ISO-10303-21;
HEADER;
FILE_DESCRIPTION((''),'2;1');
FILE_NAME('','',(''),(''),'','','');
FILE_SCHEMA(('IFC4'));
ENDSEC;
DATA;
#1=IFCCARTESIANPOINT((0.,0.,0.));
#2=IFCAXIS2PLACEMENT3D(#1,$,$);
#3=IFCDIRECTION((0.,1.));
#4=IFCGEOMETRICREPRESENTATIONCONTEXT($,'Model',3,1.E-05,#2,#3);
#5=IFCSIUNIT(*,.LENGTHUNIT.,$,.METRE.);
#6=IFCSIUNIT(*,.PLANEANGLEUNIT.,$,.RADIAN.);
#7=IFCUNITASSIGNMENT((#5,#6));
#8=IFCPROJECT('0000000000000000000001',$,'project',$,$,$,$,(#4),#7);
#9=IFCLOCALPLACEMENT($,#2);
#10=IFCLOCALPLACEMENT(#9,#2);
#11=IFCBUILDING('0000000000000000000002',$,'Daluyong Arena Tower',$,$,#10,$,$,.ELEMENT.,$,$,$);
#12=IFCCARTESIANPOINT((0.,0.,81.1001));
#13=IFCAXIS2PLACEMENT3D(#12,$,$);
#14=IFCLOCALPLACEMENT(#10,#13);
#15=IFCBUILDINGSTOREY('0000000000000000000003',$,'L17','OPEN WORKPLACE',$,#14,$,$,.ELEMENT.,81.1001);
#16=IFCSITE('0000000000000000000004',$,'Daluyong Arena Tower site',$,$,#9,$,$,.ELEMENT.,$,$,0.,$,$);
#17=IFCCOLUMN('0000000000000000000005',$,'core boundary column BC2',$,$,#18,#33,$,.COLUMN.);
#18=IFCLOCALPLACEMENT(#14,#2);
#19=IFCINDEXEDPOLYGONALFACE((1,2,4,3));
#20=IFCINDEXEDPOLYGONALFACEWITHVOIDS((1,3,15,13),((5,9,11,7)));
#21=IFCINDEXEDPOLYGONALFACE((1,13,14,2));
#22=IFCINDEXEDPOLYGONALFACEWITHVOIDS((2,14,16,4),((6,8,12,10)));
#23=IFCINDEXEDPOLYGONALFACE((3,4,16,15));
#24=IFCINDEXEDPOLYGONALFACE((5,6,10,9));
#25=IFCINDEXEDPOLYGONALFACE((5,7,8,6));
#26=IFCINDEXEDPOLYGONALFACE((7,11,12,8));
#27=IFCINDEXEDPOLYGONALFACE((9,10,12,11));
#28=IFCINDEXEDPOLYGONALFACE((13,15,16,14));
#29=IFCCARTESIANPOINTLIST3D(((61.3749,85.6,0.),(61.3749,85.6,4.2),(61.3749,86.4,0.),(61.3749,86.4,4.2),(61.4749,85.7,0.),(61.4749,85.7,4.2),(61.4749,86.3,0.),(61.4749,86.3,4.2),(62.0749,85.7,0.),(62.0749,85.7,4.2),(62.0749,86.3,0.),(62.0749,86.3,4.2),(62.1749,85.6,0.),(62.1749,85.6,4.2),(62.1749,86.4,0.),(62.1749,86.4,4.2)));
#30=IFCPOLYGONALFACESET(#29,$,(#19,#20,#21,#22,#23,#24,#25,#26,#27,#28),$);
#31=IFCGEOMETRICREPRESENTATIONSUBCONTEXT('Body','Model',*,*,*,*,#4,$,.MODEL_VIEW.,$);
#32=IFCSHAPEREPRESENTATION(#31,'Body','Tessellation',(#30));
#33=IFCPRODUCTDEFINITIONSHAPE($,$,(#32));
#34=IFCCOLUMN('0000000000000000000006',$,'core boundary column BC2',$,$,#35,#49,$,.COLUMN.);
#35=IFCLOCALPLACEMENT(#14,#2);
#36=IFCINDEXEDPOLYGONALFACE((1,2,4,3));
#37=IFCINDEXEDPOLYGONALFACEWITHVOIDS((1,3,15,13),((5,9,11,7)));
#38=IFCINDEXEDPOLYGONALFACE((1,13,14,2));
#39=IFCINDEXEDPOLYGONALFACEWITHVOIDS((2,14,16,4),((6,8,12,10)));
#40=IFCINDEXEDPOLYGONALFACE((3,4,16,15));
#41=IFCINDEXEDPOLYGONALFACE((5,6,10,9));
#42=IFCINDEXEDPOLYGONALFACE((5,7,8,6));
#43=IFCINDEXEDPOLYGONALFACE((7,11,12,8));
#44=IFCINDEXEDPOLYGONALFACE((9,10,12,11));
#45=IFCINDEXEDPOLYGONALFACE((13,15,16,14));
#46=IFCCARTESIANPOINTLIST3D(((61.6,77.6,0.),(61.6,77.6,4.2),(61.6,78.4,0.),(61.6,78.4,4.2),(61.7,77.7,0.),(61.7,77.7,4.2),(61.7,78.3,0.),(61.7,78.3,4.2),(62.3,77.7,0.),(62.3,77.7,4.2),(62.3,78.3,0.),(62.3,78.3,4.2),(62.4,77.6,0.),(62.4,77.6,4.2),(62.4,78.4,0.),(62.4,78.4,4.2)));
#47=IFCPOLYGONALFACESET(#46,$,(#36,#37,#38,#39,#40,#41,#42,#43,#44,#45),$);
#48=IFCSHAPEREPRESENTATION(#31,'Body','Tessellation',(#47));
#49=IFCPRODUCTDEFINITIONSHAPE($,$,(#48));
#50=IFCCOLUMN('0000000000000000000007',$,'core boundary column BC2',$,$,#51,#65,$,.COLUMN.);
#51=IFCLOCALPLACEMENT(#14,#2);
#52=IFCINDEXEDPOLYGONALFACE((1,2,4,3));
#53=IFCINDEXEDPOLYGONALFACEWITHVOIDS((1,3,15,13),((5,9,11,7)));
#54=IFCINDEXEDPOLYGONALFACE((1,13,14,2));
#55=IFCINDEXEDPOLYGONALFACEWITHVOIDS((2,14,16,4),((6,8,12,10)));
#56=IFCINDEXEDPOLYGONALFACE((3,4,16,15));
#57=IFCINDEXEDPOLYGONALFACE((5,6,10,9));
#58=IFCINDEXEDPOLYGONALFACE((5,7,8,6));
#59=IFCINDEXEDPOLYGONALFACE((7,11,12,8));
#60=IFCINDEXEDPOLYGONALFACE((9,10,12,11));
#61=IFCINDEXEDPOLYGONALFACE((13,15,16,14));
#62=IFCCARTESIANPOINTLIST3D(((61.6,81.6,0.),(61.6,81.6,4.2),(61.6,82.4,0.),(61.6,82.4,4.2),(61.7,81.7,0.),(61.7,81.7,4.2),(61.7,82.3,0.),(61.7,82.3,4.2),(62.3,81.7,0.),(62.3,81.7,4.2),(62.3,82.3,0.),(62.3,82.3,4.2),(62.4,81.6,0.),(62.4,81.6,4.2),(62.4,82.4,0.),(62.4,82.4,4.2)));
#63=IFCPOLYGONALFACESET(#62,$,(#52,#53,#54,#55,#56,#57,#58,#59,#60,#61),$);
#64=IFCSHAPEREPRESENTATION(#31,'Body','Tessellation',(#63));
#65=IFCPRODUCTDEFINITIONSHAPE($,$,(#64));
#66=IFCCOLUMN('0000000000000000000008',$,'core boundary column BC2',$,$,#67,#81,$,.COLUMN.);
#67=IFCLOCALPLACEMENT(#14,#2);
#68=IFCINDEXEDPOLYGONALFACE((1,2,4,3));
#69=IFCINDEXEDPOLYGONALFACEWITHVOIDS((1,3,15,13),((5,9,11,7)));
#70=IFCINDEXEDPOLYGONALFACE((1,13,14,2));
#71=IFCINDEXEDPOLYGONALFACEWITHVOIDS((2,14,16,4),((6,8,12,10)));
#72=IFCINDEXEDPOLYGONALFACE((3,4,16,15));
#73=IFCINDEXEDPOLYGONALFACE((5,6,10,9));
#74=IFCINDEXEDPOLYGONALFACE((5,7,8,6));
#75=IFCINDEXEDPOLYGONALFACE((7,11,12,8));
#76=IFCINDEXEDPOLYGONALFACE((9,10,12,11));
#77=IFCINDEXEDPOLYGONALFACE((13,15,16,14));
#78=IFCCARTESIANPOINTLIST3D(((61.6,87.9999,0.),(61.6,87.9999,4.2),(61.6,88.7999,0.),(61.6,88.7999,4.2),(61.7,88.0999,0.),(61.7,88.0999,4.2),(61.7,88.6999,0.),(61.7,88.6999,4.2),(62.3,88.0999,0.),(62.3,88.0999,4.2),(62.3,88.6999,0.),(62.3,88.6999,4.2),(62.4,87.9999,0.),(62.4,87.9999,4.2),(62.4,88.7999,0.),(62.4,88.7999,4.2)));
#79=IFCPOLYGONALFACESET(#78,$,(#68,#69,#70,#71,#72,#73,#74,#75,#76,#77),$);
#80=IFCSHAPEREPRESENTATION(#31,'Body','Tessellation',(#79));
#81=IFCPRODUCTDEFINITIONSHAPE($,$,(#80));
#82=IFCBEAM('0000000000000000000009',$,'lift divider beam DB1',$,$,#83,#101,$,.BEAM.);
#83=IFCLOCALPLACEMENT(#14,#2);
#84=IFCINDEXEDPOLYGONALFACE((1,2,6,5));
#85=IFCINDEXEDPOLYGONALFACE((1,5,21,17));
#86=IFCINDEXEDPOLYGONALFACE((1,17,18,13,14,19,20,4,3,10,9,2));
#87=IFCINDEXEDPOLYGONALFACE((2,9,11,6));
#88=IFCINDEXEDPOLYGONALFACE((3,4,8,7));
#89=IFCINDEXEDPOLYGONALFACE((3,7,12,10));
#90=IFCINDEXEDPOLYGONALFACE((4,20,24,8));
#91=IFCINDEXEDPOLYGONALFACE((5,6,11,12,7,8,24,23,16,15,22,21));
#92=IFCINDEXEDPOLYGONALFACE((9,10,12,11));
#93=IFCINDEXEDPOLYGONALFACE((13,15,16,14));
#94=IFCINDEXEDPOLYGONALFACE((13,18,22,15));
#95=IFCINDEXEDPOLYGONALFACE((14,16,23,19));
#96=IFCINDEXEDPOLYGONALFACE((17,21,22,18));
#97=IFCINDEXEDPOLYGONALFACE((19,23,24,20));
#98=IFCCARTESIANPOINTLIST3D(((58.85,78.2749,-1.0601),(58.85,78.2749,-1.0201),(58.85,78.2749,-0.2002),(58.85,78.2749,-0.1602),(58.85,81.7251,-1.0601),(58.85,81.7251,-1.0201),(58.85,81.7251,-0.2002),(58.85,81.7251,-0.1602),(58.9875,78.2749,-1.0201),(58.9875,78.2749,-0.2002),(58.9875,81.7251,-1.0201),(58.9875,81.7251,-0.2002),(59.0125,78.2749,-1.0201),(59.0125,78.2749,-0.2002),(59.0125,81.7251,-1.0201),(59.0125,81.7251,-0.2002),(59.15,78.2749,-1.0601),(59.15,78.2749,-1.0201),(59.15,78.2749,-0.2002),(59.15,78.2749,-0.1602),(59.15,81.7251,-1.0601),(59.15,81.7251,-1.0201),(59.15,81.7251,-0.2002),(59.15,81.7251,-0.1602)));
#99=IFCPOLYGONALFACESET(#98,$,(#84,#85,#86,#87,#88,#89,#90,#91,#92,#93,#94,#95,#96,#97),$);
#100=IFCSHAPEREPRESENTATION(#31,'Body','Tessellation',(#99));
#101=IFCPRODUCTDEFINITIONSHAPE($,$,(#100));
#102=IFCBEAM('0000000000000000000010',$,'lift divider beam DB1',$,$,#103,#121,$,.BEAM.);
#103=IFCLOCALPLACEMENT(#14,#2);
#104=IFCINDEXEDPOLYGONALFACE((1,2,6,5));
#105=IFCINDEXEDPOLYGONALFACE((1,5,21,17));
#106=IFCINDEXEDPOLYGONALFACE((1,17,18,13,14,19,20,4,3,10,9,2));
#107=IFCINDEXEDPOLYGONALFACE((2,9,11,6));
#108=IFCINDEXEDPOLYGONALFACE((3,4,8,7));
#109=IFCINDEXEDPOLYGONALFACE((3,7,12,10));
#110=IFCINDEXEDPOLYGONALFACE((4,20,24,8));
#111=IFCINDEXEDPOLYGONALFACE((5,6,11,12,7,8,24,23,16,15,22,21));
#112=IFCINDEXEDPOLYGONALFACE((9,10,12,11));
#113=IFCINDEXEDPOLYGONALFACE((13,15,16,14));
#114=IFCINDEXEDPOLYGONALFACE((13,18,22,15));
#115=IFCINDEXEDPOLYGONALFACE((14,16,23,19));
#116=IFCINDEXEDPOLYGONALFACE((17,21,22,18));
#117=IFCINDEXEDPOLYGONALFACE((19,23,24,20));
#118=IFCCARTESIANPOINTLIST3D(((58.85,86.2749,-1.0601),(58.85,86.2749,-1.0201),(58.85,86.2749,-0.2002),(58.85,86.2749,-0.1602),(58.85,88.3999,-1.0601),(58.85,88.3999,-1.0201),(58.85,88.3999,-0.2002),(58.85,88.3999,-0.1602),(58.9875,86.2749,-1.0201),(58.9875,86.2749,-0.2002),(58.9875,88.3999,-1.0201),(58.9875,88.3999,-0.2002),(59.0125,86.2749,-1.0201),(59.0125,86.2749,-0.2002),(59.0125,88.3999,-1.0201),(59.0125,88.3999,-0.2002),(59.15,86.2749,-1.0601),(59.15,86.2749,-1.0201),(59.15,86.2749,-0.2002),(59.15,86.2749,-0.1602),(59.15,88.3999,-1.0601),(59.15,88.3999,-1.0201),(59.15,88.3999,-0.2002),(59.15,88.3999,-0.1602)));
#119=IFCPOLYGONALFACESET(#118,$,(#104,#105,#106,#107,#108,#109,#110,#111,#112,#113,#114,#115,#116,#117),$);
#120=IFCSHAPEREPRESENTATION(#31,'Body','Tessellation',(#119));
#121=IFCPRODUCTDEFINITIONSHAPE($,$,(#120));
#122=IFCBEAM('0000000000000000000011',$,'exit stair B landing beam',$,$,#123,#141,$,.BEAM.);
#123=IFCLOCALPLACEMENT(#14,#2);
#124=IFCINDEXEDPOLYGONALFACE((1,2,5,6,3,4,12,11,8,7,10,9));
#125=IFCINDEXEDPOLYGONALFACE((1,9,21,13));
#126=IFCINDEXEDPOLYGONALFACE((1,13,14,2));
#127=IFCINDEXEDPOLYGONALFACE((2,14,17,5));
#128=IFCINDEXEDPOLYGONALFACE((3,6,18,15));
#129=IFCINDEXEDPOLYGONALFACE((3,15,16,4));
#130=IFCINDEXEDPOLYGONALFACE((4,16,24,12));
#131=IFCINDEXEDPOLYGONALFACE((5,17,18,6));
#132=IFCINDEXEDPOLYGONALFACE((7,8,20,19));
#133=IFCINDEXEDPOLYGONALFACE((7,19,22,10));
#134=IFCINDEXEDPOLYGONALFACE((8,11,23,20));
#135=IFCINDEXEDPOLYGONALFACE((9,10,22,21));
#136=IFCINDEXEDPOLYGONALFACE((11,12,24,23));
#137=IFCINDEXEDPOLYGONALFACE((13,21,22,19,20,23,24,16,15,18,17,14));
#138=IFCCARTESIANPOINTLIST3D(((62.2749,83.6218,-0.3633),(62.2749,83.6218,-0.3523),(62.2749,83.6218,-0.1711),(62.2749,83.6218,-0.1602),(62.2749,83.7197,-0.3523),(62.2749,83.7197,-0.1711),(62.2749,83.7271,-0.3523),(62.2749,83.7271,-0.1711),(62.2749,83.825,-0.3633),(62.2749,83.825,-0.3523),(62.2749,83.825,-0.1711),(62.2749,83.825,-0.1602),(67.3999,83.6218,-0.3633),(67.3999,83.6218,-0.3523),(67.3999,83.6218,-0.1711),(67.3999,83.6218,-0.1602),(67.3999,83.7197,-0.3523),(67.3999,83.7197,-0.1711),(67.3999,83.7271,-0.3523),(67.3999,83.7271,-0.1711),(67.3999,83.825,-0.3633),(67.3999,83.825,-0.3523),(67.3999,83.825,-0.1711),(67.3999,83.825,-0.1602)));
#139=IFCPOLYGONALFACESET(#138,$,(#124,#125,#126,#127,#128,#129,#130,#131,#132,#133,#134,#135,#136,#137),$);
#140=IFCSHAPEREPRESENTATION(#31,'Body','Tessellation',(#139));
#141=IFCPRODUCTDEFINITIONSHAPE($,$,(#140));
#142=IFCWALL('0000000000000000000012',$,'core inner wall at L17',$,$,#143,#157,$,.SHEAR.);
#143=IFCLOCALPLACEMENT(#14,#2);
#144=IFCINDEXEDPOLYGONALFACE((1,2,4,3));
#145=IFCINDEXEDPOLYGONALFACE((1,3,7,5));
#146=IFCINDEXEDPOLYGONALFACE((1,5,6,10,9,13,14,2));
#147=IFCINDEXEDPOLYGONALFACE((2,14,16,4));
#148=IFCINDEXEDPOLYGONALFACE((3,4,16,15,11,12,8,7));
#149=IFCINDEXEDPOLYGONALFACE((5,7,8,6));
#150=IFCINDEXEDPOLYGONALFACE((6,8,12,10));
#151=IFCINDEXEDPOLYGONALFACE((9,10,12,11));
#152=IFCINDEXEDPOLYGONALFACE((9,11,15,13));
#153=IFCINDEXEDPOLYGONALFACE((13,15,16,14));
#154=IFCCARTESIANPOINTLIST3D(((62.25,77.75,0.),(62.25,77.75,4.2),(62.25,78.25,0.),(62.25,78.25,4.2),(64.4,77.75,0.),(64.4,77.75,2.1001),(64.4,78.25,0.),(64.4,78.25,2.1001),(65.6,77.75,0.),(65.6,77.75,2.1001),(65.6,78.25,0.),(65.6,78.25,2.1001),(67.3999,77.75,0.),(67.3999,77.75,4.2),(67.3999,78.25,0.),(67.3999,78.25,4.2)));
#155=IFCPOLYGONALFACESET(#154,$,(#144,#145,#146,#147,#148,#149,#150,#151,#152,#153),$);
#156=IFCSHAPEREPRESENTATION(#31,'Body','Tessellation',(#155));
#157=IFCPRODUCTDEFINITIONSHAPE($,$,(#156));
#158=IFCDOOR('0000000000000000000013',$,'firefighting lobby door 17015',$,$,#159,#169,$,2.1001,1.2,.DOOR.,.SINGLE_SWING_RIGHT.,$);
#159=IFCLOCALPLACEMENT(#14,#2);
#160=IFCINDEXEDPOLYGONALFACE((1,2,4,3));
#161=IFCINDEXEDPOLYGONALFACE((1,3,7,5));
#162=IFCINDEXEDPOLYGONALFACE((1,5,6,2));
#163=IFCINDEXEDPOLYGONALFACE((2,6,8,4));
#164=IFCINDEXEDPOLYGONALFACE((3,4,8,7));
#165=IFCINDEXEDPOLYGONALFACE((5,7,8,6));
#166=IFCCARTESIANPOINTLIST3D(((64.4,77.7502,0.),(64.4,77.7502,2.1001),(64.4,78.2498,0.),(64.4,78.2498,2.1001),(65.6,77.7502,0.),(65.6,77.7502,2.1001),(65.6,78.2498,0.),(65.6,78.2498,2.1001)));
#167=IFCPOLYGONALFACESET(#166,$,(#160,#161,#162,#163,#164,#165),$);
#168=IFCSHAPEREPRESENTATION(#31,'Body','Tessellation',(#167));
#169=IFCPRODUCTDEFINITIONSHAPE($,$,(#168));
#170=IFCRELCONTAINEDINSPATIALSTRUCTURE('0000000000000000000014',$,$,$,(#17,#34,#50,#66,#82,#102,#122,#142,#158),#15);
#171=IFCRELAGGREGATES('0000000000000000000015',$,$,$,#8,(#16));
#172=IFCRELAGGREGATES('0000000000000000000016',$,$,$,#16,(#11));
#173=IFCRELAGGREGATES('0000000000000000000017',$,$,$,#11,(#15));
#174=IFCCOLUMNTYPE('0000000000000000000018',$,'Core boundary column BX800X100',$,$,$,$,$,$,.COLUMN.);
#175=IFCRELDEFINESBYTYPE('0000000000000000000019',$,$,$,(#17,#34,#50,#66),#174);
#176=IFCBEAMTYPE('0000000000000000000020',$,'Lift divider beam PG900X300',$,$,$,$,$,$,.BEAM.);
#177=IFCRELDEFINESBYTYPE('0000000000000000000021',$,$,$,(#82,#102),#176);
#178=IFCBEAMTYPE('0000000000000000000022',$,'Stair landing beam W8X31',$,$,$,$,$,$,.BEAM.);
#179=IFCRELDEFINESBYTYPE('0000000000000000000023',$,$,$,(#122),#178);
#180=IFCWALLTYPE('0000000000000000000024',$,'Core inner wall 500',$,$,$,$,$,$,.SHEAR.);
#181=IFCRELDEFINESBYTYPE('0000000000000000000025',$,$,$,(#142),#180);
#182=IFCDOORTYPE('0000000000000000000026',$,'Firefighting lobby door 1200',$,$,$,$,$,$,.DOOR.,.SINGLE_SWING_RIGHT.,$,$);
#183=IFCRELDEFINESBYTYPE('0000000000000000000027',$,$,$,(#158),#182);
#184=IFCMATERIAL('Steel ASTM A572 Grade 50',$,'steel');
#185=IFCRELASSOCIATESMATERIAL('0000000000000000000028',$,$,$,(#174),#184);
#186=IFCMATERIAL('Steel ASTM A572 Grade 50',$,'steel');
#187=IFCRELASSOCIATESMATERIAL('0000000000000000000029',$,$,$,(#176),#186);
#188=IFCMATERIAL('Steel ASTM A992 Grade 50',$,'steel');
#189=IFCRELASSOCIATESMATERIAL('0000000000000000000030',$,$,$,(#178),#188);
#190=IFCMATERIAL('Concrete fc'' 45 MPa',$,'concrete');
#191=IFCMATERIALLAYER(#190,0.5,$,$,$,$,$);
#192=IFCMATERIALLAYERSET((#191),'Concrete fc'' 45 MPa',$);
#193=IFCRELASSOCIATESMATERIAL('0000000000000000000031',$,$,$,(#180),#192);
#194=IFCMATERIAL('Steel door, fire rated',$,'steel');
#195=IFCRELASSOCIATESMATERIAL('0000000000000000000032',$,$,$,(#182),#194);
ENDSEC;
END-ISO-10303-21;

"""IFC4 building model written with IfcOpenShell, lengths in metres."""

from ifc_helpers import new_model, si_unit, direction, frame, frame_2d, origin, origin_2d, place, context, subcontext, project, spatial, rectangle, hollow_rectangle, i_section, extrude, material, layer, layer_set, material_profile, profile_set, type_object, element, fill, save


model = new_model("IFC4")

# Units and contexts
model_context = context("Model", 3, precision=1e-05, world=origin(), true_north=direction((0.0, 1.0)))
body_context = subcontext(model_context, "Body", "Model", "MODEL_VIEW")
ifc_project = project(units=[si_unit("LENGTHUNIT", "METRE"), si_unit("PLANEANGLEUNIT", "RADIAN")], contexts=[model_context])

# Site, building, storey
site_placement = place(None, origin())
site = spatial("IfcSite", under=ifc_project, at=site_placement, Name="Daluyong Arena Tower site", CompositionType="ELEMENT", RefElevation=0.0)
building_placement = place(site_placement, origin())
building = spatial("IfcBuilding", under=site, at=building_placement, Name="Daluyong Arena Tower", CompositionType="ELEMENT")
storey_placement = place(building_placement, frame((0.0, 0.0, 81.1001)))
storey = spatial("IfcBuildingStorey", under=building, at=storey_placement, Name="L17", Description="OPEN WORKPLACE", CompositionType="ELEMENT", Elevation=81.1001)

# Columns
ifc_material_1 = material(Name="Steel ASTM A572 Grade 50", Category="steel")
ifc_material_profile_1 = material_profile(ifc_material_1, hollow_rectangle(XDim=0.8, YDim=0.8, WallThickness=0.1, at=origin_2d()))
ifc_profile_set_1 = profile_set([ifc_material_profile_1], Name="Steel ASTM A572 Grade 50")
column_type = type_object("IfcColumnType", Name="Core boundary column BX800X100", PredefinedType="COLUMN", material=ifc_profile_set_1)
for number, where, z_axis, x_axis, name in (
    (1, (61.7749, 86.0, 0.0), (0.0, 0.0, 1.0), (1.0, 0.0, 0.0), "core boundary column BC2"),
    (2, (62.0, 78.0, 0.0), (0.0, 0.0, 1.0), (1.0, 0.0, 0.0), "core boundary column BC2"),
    (3, (62.0, 82.0, 0.0), (0.0, 0.0, 1.0), (1.0, 0.0, 0.0), "core boundary column BC2"),
    (4, (62.0, 88.3999, 0.0), (0.0, 0.0, 1.0), (1.0, 0.0, 0.0), "core boundary column BC2"),
):
    element("IfcColumn", number, at=place(storey_placement, frame(where, z_axis=z_axis, x_axis=x_axis)), inside=storey, type_object=column_type, Name=name, PredefinedType="COLUMN", context=body_context, shape_type="SweptSolid", body=[
        extrude(hollow_rectangle(XDim=0.8, YDim=0.8, WallThickness=0.1, at=origin_2d()), origin(), (0.0, 0.0, 1.0), 4.2),
    ])

# Beams
ifc_material_2 = material(Name="Steel ASTM A572 Grade 50", Category="steel")
ifc_material_profile_2 = material_profile(ifc_material_2, i_section(OverallWidth=0.3, OverallDepth=0.8999, WebThickness=0.025, FlangeThickness=0.04, at=origin_2d()))
ifc_profile_set_2 = profile_set([ifc_material_profile_2], Name="Steel ASTM A572 Grade 50")
beam_type_1 = type_object("IfcBeamType", Name="Lift divider beam PG900X300", PredefinedType="BEAM", material=ifc_profile_set_2)
beam_1_placement = place(storey_placement, frame((59.0, 78.2749, -0.6101), z_axis=(0.0, 1.0, 0.0), x_axis=(-1.0, 0.0, 0.0)))
element("IfcBeam", 5, at=beam_1_placement, inside=storey, type_object=beam_type_1, Name="lift divider beam DB1", PredefinedType="BEAM", context=body_context, shape_type="SweptSolid", body=[
    extrude(i_section(OverallWidth=0.3, OverallDepth=0.8999, WebThickness=0.025, FlangeThickness=0.04, at=origin_2d()), origin(), (0.0, 0.0, 1.0), 3.4502),
])
beam_2_placement = place(storey_placement, frame((59.0, 86.2749, -0.6101), z_axis=(0.0, 1.0, 0.0), x_axis=(-1.0, 0.0, 0.0)))
element("IfcBeam", 6, at=beam_2_placement, inside=storey, type_object=beam_type_1, Name="lift divider beam DB1", PredefinedType="BEAM", context=body_context, shape_type="SweptSolid", body=[
    extrude(i_section(OverallWidth=0.3, OverallDepth=0.8999, WebThickness=0.025, FlangeThickness=0.04, at=origin_2d()), origin(), (0.0, 0.0, 1.0), 2.125),
])
ifc_material_3 = material(Name="Steel ASTM A992 Grade 50", Category="steel")
ifc_material_profile_3 = material_profile(ifc_material_3, i_section(OverallWidth=0.2031, OverallDepth=0.2031, WebThickness=0.0073, FlangeThickness=0.011, at=origin_2d()))
ifc_profile_set_3 = profile_set([ifc_material_profile_3], Name="Steel ASTM A992 Grade 50")
beam_type_2 = type_object("IfcBeamType", Name="Stair landing beam W8X31", PredefinedType="BEAM", material=ifc_profile_set_3)
beam_3_placement = place(storey_placement, frame((62.2749, 83.7234, -0.2617), z_axis=(1.0, 0.0, 0.0), x_axis=(0.0, 1.0, 0.0)))
element("IfcBeam", 7, at=beam_3_placement, inside=storey, type_object=beam_type_2, Name="exit stair B landing beam", PredefinedType="BEAM", context=body_context, shape_type="SweptSolid", body=[
    extrude(i_section(OverallWidth=0.2031, OverallDepth=0.2031, WebThickness=0.0073, FlangeThickness=0.011, at=origin_2d()), origin(), (0.0, 0.0, 1.0), 5.125),
])

# Wall, opening, door
ifc_material_4 = material(Name="Concrete fc' 45 MPa", Category="concrete")
ifc_layer_1 = layer(ifc_material_4, 0.5)
ifc_layer_set_1 = layer_set([ifc_layer_1], Name="Concrete fc' 45 MPa")
wall_type_1 = type_object("IfcWallType", Name="Core inner wall 500", PredefinedType="SHEAR", material=ifc_layer_set_1)
wall_1_placement = place(storey_placement, frame((62.25, 78.0, 0.0), z_axis=(0.0, 0.0, 1.0), x_axis=(1.0, 0.0, 0.0)))
wall_1 = element("IfcWall", 8, at=wall_1_placement, inside=storey, type_object=wall_type_1, Name="core inner wall at L17", PredefinedType="SHEAR", context=body_context, shape_type="SweptSolid", body=[
    extrude(rectangle(XDim=5.1499, YDim=0.5, at=frame_2d((2.575, 0.0))), origin(), (0.0, 0.0, 1.0), 4.2),
])
opening_1_placement = place(wall_1_placement, frame((2.1499, 0.0, 0.0)))
opening_1 = element("IfcOpeningElement", 9, at=opening_1_placement, cuts=wall_1, PredefinedType="OPENING", context=body_context, shape_type="SweptSolid", body=[
    extrude(rectangle(XDim=1.2, YDim=2.1001, at=frame_2d((0.6001, 1.05))), frame((0.0, 0.26, 0.0), z_axis=(0.0, -1.0, 0.0), x_axis=(1.0, 0.0, 0.0)), (0.0, 0.0, 1.0), 0.52),
])
ifc_material_5 = material(Name="Steel door, fire rated", Category="steel")
door_type_1 = type_object("IfcDoorType", Name="Firefighting lobby door 1200", OperationType="SINGLE_SWING_RIGHT", PredefinedType="DOOR", material=ifc_material_5)
door_1_placement = place(opening_1_placement, origin())
door_1 = element("IfcDoor", 10, at=door_1_placement, inside=storey, type_object=door_type_1, Name="firefighting lobby door 17015", OperationType="SINGLE_SWING_RIGHT", OverallHeight=2.1001, OverallWidth=1.2, PredefinedType="DOOR", context=body_context, shape_type="SweptSolid", body=[
    extrude(rectangle(XDim=1.2, YDim=2.1001, at=frame_2d((0.6001, 1.05))), frame((0.0, 0.2498, 0.0), z_axis=(0.0, -1.0, 0.0), x_axis=(1.0, 0.0, 0.0)), (0.0, 0.0, 1.0), 0.4995),
])
fill(opening_1, door_1)

save(model, "model.ifc")
